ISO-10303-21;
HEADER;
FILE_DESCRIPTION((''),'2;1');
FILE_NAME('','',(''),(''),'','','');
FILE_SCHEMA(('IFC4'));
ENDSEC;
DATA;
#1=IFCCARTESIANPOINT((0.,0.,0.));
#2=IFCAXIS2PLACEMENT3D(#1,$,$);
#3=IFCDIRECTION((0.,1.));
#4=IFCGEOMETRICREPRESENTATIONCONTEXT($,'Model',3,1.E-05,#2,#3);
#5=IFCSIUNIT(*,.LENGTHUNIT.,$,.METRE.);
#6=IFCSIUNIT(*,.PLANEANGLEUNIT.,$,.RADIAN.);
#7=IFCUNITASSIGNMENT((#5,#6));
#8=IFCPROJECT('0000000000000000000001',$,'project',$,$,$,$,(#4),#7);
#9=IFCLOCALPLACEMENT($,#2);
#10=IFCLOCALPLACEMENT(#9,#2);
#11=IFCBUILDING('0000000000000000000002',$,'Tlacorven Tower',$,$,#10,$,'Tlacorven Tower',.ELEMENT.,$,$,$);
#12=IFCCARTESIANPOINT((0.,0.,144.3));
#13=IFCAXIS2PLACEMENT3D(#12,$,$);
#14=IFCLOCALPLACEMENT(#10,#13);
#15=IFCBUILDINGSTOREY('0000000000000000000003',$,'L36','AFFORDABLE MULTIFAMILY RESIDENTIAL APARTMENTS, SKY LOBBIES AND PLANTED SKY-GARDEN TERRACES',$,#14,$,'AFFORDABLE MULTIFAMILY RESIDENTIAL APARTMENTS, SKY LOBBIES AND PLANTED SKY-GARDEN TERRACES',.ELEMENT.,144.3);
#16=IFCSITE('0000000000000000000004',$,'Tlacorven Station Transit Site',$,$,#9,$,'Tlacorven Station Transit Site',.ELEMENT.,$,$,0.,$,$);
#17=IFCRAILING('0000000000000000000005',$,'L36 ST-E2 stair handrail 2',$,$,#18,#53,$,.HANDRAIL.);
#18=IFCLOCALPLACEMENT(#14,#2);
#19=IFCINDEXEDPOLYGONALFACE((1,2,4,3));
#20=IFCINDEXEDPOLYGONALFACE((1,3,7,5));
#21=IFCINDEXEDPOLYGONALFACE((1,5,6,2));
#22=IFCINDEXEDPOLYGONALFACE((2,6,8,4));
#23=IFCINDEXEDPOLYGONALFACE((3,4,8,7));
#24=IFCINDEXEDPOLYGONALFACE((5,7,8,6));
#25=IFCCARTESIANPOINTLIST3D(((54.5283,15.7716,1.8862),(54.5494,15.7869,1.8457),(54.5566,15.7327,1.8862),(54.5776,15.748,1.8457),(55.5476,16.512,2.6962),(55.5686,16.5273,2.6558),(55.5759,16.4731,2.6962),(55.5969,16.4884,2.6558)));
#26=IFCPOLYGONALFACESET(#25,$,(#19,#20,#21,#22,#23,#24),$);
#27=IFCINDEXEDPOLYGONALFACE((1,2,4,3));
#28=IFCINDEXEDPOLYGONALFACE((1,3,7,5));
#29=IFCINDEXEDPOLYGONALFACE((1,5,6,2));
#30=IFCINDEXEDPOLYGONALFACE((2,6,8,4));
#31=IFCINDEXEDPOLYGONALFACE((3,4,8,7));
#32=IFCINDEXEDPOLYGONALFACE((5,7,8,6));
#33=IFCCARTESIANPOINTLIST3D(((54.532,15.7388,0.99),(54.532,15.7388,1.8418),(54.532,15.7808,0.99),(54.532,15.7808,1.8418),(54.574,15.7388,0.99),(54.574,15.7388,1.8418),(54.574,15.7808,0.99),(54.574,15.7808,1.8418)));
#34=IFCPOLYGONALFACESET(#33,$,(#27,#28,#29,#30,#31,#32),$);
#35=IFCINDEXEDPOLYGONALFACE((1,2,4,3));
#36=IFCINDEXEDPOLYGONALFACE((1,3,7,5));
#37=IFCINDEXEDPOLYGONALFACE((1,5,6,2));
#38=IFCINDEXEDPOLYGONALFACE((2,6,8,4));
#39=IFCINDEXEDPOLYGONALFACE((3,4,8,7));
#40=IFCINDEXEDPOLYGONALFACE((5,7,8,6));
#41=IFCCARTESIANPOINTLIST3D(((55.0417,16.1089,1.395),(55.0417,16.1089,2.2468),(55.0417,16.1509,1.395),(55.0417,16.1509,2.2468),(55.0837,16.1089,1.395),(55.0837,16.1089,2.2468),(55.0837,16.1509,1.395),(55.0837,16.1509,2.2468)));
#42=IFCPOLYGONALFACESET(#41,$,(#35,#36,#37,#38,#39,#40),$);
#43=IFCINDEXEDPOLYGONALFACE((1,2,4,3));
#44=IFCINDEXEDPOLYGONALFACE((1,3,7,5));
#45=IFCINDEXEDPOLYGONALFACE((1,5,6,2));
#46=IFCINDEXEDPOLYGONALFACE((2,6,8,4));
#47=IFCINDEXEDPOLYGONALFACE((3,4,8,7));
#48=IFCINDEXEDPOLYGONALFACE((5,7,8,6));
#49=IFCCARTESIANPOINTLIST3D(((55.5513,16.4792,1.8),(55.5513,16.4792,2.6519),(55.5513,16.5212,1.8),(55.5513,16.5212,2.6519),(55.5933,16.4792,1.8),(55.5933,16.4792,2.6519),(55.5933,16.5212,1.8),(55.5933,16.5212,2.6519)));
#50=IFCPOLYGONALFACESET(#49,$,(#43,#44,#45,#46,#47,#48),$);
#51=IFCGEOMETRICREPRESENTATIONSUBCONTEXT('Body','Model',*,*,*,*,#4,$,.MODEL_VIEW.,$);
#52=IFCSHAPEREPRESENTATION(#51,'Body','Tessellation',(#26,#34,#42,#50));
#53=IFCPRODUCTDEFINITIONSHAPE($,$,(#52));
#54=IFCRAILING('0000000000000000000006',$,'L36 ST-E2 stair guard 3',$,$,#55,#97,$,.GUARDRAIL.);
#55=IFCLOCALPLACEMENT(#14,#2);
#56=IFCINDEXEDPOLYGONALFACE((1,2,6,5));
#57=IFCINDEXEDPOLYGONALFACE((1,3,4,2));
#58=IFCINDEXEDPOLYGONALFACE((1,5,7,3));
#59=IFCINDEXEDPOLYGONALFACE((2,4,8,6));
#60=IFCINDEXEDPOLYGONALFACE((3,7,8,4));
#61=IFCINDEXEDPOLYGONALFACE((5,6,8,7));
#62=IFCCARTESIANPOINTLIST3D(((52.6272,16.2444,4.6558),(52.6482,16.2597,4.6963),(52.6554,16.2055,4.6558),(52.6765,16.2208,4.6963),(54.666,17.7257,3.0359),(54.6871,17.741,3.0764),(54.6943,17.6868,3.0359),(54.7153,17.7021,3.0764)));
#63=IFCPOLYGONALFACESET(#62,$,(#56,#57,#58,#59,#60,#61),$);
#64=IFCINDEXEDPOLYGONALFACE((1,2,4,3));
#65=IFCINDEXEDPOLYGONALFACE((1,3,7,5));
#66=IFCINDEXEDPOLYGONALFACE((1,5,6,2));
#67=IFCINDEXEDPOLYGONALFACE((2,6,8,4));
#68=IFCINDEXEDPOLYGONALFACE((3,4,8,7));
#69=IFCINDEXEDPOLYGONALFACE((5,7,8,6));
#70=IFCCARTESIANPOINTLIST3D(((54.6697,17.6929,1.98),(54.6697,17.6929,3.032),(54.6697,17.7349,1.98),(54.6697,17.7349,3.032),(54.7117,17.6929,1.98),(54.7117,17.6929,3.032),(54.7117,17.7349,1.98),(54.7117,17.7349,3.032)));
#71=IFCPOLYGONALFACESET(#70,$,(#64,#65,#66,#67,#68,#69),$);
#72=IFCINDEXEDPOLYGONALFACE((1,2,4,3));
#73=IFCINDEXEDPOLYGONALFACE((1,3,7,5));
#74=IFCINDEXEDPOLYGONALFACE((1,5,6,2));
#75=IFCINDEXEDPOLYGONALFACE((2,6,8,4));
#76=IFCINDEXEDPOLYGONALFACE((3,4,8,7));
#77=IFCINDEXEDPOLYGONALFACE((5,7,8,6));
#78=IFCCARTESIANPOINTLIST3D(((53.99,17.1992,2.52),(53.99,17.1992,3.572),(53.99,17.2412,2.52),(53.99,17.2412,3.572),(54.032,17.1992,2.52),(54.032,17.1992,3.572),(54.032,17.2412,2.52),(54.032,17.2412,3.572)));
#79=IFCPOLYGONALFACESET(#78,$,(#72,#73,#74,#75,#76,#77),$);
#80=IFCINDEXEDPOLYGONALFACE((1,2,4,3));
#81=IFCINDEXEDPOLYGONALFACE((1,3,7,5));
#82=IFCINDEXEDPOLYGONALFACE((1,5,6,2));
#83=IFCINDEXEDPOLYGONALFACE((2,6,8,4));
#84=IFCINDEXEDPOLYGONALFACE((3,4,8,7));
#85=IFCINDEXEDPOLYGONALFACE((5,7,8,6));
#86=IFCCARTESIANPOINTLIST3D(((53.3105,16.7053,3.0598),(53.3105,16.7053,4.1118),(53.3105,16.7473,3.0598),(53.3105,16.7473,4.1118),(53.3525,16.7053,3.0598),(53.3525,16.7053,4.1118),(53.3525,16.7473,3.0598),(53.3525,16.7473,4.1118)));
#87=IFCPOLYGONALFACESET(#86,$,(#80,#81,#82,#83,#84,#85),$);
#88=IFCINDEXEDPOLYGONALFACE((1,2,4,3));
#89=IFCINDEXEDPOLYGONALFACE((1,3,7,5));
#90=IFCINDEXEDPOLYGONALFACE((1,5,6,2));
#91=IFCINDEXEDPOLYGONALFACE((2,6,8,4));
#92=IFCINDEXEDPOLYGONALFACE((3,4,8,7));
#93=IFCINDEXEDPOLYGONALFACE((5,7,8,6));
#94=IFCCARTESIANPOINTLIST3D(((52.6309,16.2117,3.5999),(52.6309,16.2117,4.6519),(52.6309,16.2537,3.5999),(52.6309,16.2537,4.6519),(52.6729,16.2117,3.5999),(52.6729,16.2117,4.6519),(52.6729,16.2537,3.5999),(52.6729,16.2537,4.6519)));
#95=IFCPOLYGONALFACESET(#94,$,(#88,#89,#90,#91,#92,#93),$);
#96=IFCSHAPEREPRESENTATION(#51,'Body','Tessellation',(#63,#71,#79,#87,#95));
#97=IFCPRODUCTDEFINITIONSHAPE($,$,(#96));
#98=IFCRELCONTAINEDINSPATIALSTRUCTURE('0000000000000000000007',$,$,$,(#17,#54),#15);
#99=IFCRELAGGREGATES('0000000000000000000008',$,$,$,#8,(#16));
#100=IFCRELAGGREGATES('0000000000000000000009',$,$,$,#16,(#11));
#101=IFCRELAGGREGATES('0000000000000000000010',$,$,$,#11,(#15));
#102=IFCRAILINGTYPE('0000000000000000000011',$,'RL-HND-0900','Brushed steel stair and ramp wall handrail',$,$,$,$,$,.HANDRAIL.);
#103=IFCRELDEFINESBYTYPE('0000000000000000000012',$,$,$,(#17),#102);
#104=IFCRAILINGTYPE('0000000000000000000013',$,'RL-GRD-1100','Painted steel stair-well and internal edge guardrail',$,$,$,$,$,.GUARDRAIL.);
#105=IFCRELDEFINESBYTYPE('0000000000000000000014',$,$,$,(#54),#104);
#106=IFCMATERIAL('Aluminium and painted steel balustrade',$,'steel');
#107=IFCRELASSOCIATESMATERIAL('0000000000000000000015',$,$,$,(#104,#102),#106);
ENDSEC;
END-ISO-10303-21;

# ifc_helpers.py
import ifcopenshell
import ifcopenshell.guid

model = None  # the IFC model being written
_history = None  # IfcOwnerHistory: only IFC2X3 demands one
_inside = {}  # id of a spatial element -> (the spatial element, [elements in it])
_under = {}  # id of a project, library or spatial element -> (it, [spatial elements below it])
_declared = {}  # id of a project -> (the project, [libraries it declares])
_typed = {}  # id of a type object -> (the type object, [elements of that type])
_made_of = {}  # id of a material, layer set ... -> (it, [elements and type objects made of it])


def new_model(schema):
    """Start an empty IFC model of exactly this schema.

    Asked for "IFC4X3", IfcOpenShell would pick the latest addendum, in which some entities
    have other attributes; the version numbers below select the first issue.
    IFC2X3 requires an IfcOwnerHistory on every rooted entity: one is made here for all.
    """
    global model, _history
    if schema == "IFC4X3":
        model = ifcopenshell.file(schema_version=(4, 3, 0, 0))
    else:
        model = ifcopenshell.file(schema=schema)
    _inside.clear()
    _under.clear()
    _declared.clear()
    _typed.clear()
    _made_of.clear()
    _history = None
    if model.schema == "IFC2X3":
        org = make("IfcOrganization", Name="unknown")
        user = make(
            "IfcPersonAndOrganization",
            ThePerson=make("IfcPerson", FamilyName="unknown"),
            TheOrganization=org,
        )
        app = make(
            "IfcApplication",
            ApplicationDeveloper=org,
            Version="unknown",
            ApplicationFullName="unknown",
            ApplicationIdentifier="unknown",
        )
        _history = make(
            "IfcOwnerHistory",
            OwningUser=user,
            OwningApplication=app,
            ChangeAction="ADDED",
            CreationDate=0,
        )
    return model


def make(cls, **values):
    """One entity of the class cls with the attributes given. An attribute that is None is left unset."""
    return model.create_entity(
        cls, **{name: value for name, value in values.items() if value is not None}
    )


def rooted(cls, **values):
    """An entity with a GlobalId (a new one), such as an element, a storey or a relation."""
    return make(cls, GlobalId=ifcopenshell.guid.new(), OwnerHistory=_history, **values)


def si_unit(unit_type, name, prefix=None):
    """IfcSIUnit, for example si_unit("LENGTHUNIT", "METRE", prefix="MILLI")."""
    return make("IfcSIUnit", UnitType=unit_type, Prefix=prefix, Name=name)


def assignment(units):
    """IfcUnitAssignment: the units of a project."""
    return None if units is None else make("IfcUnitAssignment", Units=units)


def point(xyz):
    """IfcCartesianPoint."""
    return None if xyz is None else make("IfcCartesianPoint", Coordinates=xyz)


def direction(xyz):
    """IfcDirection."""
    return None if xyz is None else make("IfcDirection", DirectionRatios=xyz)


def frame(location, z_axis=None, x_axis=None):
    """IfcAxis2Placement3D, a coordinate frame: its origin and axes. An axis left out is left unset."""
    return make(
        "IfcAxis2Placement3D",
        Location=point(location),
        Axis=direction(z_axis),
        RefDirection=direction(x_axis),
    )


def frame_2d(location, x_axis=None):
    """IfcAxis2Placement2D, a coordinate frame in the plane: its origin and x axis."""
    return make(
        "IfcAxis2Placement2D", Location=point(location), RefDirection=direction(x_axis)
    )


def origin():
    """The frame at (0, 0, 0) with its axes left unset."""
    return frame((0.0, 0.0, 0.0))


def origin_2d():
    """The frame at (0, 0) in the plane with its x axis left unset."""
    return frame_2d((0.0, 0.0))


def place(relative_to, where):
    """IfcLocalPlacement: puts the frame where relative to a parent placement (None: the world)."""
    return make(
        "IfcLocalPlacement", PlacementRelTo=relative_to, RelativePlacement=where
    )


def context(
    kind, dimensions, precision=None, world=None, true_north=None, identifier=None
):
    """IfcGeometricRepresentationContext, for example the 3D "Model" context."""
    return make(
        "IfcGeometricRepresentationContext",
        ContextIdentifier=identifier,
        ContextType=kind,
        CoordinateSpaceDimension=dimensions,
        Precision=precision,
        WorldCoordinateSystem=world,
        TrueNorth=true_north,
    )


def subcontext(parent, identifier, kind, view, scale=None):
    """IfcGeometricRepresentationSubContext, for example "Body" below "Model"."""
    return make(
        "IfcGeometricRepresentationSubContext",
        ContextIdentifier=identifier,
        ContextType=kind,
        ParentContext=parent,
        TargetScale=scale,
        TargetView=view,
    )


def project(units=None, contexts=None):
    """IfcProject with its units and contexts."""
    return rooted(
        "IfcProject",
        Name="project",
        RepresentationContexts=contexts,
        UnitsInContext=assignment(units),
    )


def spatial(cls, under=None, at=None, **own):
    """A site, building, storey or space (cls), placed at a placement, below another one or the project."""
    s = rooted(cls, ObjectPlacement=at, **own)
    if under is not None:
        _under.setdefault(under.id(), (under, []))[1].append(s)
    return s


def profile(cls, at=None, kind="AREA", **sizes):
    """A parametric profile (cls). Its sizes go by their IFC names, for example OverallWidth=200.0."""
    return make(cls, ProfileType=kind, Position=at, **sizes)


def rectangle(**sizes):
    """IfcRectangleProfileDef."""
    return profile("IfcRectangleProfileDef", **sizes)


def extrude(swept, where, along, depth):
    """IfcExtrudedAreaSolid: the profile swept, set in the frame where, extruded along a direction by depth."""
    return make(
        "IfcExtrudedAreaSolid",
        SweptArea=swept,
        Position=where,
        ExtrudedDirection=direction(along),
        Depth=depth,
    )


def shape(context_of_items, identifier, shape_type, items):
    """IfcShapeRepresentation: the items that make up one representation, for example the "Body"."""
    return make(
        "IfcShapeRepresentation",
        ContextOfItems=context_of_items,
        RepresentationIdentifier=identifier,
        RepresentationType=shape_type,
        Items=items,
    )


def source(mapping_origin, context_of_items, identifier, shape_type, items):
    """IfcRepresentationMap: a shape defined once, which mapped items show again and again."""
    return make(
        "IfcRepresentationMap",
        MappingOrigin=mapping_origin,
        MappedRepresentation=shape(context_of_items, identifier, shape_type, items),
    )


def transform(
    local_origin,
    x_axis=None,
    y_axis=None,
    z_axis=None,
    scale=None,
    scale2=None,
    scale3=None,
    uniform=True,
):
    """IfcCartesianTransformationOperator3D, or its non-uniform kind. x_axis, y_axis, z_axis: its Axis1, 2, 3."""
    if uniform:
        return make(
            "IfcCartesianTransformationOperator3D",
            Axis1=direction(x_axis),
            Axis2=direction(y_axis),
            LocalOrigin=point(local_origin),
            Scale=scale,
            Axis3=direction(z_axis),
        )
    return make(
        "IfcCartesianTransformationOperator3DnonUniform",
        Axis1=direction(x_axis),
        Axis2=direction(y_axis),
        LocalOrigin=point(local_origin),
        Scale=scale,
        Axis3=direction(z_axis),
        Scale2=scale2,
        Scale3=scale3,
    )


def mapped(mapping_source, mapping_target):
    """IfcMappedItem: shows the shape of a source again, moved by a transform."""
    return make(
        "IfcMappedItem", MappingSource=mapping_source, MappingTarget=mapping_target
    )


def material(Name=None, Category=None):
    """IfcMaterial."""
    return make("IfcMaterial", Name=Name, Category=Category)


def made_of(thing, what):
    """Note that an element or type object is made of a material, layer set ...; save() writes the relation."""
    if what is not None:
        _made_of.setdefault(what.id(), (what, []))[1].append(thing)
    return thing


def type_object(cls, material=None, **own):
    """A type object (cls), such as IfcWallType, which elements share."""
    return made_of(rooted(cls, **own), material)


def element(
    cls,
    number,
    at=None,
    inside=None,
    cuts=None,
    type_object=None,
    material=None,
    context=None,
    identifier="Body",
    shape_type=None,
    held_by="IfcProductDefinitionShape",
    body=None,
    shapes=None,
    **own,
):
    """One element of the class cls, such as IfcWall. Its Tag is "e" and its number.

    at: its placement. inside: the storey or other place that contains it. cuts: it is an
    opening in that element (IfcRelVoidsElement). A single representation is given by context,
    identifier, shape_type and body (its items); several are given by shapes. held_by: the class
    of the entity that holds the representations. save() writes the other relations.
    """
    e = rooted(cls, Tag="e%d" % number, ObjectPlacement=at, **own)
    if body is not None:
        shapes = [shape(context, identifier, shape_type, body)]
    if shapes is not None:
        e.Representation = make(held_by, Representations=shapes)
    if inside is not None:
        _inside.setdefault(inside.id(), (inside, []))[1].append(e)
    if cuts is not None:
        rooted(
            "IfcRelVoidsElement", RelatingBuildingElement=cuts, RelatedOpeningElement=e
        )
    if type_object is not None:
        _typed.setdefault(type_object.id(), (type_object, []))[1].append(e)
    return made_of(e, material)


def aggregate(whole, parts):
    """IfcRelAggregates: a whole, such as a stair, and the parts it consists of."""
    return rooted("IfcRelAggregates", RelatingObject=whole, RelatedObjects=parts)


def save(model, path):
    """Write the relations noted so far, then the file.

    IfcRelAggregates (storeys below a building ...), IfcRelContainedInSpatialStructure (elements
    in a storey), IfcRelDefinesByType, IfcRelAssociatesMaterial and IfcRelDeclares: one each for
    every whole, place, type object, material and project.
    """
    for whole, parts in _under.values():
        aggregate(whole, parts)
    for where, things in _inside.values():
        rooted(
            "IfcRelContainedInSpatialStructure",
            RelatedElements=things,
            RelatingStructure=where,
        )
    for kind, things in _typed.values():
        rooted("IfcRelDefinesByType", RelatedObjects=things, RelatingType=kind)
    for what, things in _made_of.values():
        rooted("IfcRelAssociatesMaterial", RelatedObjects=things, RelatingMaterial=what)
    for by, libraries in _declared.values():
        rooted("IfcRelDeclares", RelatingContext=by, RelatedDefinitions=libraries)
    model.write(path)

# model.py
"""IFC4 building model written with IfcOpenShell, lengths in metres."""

from ifc_helpers import new_model, si_unit, direction, frame, origin, origin_2d, place, context, subcontext, project, spatial, rectangle, extrude, source, transform, mapped, material, type_object, element, save


model = new_model("IFC4")

# Units and contexts
model_context = context("Model", 3, precision=1e-05, world=origin(), true_north=direction((0.0, 1.0)))
body_context = subcontext(model_context, "Body", "Model", "MODEL_VIEW")
ifc_project = project(units=[si_unit("LENGTHUNIT", "METRE"), si_unit("PLANEANGLEUNIT", "RADIAN")], contexts=[model_context])

# Site, building, storey
site_placement = place(None, origin())
site = spatial("IfcSite", under=ifc_project, at=site_placement, Name="Tlacorven Station Transit Site", LongName="Tlacorven Station Transit Site", CompositionType="ELEMENT", RefElevation=0.0)
building_placement = place(site_placement, origin())
building = spatial("IfcBuilding", under=site, at=building_placement, Name="Tlacorven Tower", LongName="Tlacorven Tower", CompositionType="ELEMENT")
storey_placement = place(building_placement, frame((0.0, 0.0, 144.3)))
storey = spatial("IfcBuildingStorey", under=building, at=storey_placement, Name="L36", Description="AFFORDABLE MULTIFAMILY RESIDENTIAL APARTMENTS, SKY LOBBIES AND PLANTED SKY-GARDEN TERRACES", LongName="AFFORDABLE MULTIFAMILY RESIDENTIAL APARTMENTS, SKY LOBBIES AND PLANTED SKY-GARDEN TERRACES", CompositionType="ELEMENT", Elevation=144.3)

# Railings
ifc_material_1 = material(Name="Aluminium and painted steel balustrade", Category="steel")
railing_type_1 = type_object("IfcRailingType", Name="RL-GRD-1100", Description="Painted steel stair-well and internal edge guardrail", PredefinedType="GUARDRAIL", material=ifc_material_1)
railing_type_2 = type_object("IfcRailingType", Name="RL-HND-0900", Description="Brushed steel stair and ramp wall handrail", PredefinedType="HANDRAIL", material=ifc_material_1)
shared_shape_1 = source(origin(), body_context, "Body", "SweptSolid", [
    extrude(rectangle(XDim=0.0481, YDim=0.0481, at=origin_2d()), frame((0.0, 0.0, 0.876), z_axis=(0.680516, 0.494373, 0.540827), x_axis=(-0.587745, 0.809046, 0.0)), (0.0, 0.0, 1.0), 1.4978),
    extrude(rectangle(XDim=0.042, YDim=0.042, at=origin_2d()), origin(), (0.0, 0.0, 1.0), 0.8518),
    extrude(rectangle(XDim=0.042, YDim=0.042, at=origin_2d()), frame((0.5098, 0.3701, 0.405)), (0.0, 0.0, 1.0), 0.8518),
    extrude(rectangle(XDim=0.042, YDim=0.042, at=origin_2d()), frame((1.0193, 0.7405, 0.8101)), (0.0, 0.0, 1.0), 0.8518),
])
railing_1_placement = place(storey_placement, frame((54.553, 15.7598, 0.99)))
element("IfcRailing", 1, at=railing_1_placement, inside=storey, type_object=railing_type_2, Name="L36 ST-E2 stair handrail 2", PredefinedType="HANDRAIL", context=body_context, shape_type="MappedRepresentation", body=[
    mapped(shared_shape_1, transform((0.0, 0.0, 0.0), scale=1.0)),
])
shared_shape_2 = source(origin(), body_context, "Body", "SweptSolid", [
    extrude(rectangle(XDim=0.0481, YDim=0.0481, at=origin_2d()), frame((0.0, 0.0, 1.0762), z_axis=(-0.680562, -0.494428, 0.540717), x_axis=(0.587763, -0.809033, 0.0)), (0.0, 0.0, 1.0), 2.9958),
    extrude(rectangle(XDim=0.042, YDim=0.042, at=origin_2d()), origin(), (0.0, 0.0, 1.0), 1.052),
    extrude(rectangle(XDim=0.042, YDim=0.042, at=origin_2d()), frame((-0.6797, -0.4937, 0.54)), (0.0, 0.0, 1.0), 1.052),
    extrude(rectangle(XDim=0.042, YDim=0.042, at=origin_2d()), frame((-1.3591, -0.9875, 1.0798)), (0.0, 0.0, 1.0), 1.052),
    extrude(rectangle(XDim=0.042, YDim=0.042, at=origin_2d()), frame((-2.0388, -1.4812, 1.6199)), (0.0, 0.0, 1.0), 1.052),
])
railing_2_placement = place(storey_placement, frame((54.6907, 17.7139, 1.98)))
element("IfcRailing", 2, at=railing_2_placement, inside=storey, type_object=railing_type_1, Name="L36 ST-E2 stair guard 3", PredefinedType="GUARDRAIL", context=body_context, shape_type="MappedRepresentation", body=[
    mapped(shared_shape_2, transform((0.0, 0.0, 0.0), scale=1.0)),
])

save(model, "model.ifc")
